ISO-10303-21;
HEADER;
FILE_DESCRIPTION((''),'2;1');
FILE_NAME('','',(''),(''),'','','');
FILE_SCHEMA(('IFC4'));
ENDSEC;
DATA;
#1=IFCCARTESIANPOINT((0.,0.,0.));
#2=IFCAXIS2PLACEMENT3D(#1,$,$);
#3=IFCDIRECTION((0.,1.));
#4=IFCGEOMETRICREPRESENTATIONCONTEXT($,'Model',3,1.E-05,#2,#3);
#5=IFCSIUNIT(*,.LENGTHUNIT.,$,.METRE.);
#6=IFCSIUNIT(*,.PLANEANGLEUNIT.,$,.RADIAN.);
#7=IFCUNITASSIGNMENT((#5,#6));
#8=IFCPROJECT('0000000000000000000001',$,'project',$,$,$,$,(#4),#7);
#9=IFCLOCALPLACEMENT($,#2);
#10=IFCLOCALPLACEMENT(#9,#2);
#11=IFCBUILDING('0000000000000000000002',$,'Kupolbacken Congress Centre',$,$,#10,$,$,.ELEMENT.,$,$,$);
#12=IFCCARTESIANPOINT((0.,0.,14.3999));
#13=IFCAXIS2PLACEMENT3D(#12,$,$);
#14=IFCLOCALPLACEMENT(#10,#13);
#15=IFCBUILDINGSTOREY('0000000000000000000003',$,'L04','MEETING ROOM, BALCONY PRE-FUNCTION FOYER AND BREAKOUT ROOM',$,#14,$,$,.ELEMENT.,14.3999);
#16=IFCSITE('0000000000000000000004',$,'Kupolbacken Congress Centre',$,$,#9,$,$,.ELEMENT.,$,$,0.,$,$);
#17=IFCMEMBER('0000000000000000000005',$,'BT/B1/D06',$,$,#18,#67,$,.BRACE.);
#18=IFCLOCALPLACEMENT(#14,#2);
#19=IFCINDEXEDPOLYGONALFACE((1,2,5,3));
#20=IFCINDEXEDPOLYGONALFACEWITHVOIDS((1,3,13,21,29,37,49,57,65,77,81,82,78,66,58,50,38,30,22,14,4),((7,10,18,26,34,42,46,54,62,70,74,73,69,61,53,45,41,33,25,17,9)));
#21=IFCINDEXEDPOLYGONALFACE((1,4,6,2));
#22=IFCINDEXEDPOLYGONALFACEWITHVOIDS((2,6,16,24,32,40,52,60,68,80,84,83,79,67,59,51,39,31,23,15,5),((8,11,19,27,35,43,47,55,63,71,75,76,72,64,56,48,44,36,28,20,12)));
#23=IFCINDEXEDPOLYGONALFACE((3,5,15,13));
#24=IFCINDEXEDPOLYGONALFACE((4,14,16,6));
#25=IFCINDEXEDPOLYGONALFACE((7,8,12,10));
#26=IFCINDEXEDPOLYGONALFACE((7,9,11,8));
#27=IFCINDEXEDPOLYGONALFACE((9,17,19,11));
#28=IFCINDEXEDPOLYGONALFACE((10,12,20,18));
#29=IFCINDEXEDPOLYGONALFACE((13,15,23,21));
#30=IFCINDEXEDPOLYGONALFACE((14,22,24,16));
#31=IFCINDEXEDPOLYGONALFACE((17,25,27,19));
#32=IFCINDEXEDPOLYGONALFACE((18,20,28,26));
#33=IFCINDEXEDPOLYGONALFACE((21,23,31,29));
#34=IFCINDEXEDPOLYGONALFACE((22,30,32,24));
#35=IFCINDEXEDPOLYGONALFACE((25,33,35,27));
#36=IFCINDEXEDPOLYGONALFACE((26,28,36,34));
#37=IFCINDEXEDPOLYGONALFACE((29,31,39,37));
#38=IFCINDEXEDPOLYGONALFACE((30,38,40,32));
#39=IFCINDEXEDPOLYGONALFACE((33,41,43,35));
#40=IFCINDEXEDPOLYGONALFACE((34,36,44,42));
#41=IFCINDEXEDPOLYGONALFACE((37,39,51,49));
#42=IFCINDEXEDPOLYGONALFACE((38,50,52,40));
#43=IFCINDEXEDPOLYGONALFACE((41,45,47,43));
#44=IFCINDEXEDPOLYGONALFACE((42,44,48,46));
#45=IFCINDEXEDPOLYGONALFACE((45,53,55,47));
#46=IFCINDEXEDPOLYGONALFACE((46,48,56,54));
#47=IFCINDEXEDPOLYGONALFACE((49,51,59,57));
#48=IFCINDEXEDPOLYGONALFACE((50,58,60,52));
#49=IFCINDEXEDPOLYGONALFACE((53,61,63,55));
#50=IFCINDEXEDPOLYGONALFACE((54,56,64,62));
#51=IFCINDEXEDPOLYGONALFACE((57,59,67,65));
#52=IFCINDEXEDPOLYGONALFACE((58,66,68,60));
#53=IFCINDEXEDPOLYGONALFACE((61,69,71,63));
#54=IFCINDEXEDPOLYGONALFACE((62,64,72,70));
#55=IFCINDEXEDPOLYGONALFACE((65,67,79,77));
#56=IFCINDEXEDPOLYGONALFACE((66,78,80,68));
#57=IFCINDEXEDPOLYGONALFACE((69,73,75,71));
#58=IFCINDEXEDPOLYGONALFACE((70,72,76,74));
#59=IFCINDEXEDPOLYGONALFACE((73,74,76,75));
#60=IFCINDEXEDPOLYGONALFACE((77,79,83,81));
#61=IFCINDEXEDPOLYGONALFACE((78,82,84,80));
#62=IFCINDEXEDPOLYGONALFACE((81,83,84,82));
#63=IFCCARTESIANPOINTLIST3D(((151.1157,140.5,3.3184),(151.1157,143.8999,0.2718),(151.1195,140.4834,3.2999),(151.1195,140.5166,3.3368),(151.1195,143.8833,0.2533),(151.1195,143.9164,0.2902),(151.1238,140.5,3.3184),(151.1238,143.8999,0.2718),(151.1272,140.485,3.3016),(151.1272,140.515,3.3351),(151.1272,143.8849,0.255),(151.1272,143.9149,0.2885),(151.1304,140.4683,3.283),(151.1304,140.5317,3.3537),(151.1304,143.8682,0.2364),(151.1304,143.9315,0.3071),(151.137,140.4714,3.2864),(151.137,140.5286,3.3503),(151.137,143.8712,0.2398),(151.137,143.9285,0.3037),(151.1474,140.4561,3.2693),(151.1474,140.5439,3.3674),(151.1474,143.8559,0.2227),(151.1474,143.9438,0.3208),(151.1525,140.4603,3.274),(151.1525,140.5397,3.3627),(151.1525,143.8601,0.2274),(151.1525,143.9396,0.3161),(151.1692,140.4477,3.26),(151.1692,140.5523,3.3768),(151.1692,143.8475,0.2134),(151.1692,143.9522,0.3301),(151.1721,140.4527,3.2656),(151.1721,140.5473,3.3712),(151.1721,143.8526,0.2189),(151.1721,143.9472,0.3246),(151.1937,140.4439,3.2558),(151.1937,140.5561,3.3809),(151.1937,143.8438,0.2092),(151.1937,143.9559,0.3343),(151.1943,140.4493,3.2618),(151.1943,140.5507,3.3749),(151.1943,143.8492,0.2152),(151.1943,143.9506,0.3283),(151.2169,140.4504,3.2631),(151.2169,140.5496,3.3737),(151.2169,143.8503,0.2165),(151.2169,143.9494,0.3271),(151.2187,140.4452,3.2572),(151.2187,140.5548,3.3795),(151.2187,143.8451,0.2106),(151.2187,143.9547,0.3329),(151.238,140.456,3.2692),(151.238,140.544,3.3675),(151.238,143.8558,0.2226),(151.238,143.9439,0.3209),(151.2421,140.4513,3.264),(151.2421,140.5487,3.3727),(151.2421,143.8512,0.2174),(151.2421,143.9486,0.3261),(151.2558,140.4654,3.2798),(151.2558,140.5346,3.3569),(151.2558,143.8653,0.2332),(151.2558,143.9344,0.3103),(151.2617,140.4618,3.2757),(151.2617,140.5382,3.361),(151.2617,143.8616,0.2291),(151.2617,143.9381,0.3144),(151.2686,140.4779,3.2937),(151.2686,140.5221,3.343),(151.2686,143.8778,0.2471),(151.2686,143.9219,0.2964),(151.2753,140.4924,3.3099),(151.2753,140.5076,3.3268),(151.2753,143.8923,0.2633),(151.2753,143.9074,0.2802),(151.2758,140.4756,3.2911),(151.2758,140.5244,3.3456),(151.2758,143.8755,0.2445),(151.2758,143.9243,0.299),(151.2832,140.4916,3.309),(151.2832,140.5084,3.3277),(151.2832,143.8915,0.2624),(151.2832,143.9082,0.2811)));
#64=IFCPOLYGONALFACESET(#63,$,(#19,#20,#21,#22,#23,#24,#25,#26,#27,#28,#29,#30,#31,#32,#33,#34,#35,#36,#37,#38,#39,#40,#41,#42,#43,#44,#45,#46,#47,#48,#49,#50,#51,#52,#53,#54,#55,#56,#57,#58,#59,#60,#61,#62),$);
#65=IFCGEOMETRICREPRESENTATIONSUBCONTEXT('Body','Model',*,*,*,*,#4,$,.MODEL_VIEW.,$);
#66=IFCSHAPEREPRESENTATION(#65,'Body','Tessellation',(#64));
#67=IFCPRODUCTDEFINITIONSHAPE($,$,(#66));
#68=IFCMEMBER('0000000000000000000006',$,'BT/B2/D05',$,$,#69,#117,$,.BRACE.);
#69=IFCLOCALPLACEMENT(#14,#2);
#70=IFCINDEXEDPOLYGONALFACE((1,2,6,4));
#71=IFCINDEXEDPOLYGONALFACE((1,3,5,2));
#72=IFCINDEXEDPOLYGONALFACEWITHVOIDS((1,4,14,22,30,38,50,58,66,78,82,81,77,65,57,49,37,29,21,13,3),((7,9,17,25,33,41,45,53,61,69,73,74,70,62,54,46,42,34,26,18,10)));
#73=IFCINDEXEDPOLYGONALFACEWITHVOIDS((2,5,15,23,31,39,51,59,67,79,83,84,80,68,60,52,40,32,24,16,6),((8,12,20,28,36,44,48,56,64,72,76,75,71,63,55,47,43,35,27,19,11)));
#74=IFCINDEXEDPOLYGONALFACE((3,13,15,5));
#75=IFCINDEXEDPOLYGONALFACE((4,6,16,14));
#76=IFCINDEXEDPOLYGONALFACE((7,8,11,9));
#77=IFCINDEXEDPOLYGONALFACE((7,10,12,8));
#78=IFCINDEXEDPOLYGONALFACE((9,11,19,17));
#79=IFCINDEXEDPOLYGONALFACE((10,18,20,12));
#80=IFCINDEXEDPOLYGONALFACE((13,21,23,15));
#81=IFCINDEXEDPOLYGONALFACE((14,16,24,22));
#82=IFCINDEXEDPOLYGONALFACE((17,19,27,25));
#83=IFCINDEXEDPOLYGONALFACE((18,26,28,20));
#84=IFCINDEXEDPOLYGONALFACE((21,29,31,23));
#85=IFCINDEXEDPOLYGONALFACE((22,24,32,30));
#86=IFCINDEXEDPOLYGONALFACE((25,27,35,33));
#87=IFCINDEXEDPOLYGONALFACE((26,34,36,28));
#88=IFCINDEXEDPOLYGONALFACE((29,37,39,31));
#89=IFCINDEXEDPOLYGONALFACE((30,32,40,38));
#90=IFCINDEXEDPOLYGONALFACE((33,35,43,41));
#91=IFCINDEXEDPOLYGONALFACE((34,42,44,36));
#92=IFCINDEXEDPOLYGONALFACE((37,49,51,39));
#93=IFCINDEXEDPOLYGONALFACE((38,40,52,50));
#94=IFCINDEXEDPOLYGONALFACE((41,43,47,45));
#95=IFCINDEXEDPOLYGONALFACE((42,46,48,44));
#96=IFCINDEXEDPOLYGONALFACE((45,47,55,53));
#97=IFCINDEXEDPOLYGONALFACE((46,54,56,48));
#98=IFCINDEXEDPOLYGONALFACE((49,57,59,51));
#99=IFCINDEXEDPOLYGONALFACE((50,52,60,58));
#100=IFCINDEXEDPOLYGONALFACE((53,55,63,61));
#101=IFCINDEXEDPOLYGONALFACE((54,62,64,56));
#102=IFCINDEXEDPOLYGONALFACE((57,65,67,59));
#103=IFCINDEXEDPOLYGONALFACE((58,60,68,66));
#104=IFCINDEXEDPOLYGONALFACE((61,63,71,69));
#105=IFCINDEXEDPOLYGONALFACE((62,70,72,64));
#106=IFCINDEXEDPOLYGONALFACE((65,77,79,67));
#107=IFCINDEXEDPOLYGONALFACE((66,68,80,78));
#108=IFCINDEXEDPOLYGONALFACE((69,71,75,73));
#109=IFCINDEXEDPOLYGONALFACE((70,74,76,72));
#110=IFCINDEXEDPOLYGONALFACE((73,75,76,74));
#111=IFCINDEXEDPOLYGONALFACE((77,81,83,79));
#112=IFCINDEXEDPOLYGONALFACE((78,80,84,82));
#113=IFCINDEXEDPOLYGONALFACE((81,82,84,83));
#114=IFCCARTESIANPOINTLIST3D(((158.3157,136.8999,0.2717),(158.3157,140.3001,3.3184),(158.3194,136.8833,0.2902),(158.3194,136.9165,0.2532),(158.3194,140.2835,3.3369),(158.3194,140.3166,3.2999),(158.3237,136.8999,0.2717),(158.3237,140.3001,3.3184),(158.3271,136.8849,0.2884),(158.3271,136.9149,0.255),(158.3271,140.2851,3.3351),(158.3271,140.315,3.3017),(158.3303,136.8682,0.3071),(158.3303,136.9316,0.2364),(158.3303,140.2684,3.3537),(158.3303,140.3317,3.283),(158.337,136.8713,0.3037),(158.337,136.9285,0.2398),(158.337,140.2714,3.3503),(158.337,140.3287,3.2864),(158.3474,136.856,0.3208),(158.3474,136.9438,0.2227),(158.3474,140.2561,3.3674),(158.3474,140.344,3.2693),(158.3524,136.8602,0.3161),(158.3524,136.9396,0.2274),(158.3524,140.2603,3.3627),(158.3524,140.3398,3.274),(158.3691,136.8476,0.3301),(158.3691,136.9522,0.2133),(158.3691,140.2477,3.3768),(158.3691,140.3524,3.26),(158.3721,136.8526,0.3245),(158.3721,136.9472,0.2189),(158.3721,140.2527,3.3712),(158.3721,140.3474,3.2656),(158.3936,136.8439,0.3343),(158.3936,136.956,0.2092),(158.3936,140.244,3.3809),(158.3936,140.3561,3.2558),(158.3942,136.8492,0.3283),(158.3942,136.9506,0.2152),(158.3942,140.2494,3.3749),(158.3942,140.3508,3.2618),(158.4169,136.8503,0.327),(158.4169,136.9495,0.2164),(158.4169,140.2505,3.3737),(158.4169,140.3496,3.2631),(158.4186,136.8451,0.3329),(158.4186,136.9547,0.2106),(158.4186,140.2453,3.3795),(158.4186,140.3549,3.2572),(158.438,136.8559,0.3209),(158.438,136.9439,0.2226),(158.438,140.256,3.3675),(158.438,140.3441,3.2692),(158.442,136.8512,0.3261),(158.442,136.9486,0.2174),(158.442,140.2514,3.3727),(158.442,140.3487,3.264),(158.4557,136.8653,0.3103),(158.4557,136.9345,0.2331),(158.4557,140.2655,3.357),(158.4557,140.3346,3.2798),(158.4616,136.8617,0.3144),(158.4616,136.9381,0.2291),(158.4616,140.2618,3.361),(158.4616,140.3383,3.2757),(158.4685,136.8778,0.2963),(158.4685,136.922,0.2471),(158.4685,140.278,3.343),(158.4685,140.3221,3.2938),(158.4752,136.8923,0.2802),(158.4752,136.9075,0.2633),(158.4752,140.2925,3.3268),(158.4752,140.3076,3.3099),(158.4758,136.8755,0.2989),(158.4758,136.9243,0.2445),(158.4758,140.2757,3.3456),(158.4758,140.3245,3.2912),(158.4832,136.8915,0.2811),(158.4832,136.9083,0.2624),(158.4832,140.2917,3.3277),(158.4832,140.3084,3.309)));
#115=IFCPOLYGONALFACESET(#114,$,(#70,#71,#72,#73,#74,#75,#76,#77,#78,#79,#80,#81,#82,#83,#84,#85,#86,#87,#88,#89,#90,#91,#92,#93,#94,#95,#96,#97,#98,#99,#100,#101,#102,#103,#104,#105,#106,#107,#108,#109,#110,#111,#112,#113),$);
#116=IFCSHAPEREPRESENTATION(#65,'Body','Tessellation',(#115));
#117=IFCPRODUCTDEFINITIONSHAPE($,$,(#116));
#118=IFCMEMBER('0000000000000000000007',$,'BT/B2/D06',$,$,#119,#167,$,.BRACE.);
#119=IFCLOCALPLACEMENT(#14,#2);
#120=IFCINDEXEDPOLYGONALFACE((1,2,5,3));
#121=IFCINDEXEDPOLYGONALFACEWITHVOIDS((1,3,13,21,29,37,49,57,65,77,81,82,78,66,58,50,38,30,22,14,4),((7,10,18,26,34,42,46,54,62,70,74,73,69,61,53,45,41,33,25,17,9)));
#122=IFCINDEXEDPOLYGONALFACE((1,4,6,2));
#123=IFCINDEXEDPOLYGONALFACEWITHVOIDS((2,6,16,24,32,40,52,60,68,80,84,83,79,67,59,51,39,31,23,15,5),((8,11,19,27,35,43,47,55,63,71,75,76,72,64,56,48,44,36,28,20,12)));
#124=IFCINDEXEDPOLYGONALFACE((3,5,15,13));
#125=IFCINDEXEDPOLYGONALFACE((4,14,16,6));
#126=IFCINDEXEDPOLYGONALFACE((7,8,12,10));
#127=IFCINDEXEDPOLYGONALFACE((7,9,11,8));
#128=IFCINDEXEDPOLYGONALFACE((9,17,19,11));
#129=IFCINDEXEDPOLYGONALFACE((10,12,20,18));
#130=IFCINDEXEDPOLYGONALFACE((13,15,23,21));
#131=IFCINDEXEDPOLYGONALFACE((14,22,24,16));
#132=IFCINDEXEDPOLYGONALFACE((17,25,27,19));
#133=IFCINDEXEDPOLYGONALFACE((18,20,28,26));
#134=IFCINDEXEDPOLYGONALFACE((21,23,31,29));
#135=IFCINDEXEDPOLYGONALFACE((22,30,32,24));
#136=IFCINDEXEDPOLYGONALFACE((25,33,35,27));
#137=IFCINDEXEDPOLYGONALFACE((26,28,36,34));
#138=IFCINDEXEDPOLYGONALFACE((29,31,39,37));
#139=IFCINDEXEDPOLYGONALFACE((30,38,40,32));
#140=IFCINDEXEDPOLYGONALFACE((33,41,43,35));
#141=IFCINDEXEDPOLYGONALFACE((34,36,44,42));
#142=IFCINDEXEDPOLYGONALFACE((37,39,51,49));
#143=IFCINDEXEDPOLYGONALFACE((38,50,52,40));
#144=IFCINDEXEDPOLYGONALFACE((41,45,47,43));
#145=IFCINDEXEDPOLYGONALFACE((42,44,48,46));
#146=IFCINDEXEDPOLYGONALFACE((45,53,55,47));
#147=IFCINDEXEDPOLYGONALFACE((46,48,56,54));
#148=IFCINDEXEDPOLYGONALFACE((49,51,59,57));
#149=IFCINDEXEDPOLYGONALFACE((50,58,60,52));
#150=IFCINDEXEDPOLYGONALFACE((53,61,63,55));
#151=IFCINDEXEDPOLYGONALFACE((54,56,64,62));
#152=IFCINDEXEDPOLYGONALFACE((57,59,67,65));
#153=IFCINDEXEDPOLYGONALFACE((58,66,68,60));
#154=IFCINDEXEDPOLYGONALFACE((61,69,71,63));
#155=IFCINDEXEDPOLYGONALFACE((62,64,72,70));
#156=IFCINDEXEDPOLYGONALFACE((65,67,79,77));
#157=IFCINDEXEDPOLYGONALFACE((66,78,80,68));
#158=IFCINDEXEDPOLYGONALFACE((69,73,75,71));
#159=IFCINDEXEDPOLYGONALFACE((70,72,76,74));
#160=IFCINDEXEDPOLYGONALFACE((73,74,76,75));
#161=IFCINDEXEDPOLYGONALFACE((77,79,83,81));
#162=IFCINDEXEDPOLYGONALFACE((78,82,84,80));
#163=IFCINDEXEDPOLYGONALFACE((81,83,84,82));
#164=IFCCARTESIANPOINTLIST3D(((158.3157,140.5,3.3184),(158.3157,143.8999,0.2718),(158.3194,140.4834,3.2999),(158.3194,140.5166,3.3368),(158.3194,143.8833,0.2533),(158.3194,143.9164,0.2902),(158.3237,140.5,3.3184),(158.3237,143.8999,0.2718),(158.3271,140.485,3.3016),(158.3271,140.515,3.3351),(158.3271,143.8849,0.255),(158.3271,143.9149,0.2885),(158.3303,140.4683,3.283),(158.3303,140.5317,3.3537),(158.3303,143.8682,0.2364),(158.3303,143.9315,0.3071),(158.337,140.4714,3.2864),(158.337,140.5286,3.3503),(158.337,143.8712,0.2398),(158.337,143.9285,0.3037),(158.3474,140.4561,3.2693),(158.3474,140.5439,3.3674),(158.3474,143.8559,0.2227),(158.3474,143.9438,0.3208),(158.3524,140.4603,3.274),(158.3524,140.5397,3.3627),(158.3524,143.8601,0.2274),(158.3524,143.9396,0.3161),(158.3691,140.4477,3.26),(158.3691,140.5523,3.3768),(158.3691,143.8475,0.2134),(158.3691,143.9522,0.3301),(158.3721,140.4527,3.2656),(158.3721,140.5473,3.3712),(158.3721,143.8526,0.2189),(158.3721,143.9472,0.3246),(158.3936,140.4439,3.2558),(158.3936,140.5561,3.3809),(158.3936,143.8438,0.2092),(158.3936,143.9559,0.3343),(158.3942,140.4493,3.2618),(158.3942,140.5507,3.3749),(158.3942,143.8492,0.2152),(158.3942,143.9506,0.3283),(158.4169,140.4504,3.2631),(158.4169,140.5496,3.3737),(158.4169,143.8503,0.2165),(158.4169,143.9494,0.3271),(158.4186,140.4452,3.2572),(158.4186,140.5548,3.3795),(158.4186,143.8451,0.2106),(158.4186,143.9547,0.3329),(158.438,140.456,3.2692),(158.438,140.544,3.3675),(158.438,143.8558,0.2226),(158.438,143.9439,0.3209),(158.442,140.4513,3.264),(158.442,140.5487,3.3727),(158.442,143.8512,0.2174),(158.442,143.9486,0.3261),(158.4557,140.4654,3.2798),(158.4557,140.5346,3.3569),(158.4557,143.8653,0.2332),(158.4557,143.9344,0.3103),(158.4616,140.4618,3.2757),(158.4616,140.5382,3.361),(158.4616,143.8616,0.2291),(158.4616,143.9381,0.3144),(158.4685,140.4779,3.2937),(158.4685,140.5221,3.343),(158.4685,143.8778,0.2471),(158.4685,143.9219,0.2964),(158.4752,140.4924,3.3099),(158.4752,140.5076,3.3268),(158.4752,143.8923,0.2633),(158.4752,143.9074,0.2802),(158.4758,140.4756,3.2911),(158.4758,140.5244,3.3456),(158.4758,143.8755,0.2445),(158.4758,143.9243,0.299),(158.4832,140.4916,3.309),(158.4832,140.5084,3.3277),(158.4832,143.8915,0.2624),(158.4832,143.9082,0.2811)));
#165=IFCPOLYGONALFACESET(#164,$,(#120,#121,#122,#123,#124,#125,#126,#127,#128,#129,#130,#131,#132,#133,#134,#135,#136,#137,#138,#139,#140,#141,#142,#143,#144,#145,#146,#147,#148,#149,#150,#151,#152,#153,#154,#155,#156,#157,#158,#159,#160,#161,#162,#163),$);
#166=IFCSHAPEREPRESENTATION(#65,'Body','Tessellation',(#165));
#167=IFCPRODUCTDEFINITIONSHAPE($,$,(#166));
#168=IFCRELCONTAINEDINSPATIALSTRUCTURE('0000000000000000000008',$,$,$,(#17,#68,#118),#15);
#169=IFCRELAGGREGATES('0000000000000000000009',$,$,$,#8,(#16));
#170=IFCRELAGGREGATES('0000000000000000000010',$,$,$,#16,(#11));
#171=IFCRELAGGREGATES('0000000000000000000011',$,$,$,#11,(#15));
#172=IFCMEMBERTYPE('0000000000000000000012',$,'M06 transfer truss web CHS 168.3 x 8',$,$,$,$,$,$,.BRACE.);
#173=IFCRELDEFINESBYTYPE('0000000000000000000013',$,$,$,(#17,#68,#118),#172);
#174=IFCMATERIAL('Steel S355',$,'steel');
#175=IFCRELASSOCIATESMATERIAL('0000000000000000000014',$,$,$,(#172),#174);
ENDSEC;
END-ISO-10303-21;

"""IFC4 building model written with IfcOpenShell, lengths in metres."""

from ifc_helpers import new_model, si_unit, direction, frame, origin, origin_2d, place, context, subcontext, project, spatial, hollow_circle, extrude, material, material_profile, profile_set, type_object, element, save


model = new_model("IFC4")

# Units and contexts
model_context = context("Model", 3, precision=1e-05, world=origin(), true_north=direction((0.0, 1.0)))
body_context = subcontext(model_context, "Body", "Model", "MODEL_VIEW")
ifc_project = project(units=[si_unit("LENGTHUNIT", "METRE"), si_unit("PLANEANGLEUNIT", "RADIAN")], contexts=[model_context])

# Site, building, storey
site_placement = place(None, origin())
site = spatial("IfcSite", under=ifc_project, at=site_placement, Name="Kupolbacken Congress Centre", CompositionType="ELEMENT", RefElevation=0.0)
building_placement = place(site_placement, origin())
building = spatial("IfcBuilding", under=site, at=building_placement, Name="Kupolbacken Congress Centre", CompositionType="ELEMENT")
storey_placement = place(building_placement, frame((0.0, 0.0, 14.3999)))
storey = spatial("IfcBuildingStorey", under=building, at=storey_placement, Name="L04", Description="MEETING ROOM, BALCONY PRE-FUNCTION FOYER AND BREAKOUT ROOM", CompositionType="ELEMENT", Elevation=14.3999)

# Members
ifc_material_1 = material(Name="Steel S355", Category="steel")
ifc_material_profile_1 = material_profile(ifc_material_1, hollow_circle(Radius=0.0842, WallThickness=0.0081, at=origin_2d()), Name="CHS 168.3 x 8")
ifc_profile_set_1 = profile_set([ifc_material_profile_1], Name="Steel S355")
member_type_1 = type_object("IfcMemberType", Name="M06 transfer truss web CHS 168.3 x 8", PredefinedType="BRACE", material=ifc_profile_set_1)
member_1_placement = place(storey_placement, frame((151.2, 140.5, 3.3184), z_axis=(0.0, 0.744739, -0.667356), x_axis=(-1.0, 0.0, 0.0)))
element("IfcMember", 1, at=member_1_placement, inside=storey, type_object=member_type_1, Name="BT/B1/D06", PredefinedType="BRACE", context=body_context, shape_type="SweptSolid", body=[
    extrude(hollow_circle(Radius=0.0842, WallThickness=0.0081, at=origin_2d()), origin(), (0.0, 0.0, 1.0), 4.5652),
])
member_2_placement = place(storey_placement, frame((158.3999, 136.8999, 0.2717), z_axis=(0.0, 0.744763, 0.667329), x_axis=(-1.0, 0.0, 0.0)))
element("IfcMember", 2, at=member_2_placement, inside=storey, type_object=member_type_1, Name="BT/B2/D05", PredefinedType="BRACE", context=body_context, shape_type="SweptSolid", body=[
    extrude(hollow_circle(Radius=0.0842, WallThickness=0.0081, at=origin_2d()), origin(), (0.0, 0.0, 1.0), 4.5654),
])
member_3_placement = place(storey_placement, frame((158.3999, 140.5, 3.3184), z_axis=(0.0, 0.744739, -0.667356), x_axis=(-1.0, 0.0, 0.0)))
element("IfcMember", 3, at=member_3_placement, inside=storey, type_object=member_type_1, Name="BT/B2/D06", PredefinedType="BRACE", context=body_context, shape_type="SweptSolid", body=[
    extrude(hollow_circle(Radius=0.0842, WallThickness=0.0081, at=origin_2d()), origin(), (0.0, 0.0, 1.0), 4.5652),
])

save(model, "model.ifc")
